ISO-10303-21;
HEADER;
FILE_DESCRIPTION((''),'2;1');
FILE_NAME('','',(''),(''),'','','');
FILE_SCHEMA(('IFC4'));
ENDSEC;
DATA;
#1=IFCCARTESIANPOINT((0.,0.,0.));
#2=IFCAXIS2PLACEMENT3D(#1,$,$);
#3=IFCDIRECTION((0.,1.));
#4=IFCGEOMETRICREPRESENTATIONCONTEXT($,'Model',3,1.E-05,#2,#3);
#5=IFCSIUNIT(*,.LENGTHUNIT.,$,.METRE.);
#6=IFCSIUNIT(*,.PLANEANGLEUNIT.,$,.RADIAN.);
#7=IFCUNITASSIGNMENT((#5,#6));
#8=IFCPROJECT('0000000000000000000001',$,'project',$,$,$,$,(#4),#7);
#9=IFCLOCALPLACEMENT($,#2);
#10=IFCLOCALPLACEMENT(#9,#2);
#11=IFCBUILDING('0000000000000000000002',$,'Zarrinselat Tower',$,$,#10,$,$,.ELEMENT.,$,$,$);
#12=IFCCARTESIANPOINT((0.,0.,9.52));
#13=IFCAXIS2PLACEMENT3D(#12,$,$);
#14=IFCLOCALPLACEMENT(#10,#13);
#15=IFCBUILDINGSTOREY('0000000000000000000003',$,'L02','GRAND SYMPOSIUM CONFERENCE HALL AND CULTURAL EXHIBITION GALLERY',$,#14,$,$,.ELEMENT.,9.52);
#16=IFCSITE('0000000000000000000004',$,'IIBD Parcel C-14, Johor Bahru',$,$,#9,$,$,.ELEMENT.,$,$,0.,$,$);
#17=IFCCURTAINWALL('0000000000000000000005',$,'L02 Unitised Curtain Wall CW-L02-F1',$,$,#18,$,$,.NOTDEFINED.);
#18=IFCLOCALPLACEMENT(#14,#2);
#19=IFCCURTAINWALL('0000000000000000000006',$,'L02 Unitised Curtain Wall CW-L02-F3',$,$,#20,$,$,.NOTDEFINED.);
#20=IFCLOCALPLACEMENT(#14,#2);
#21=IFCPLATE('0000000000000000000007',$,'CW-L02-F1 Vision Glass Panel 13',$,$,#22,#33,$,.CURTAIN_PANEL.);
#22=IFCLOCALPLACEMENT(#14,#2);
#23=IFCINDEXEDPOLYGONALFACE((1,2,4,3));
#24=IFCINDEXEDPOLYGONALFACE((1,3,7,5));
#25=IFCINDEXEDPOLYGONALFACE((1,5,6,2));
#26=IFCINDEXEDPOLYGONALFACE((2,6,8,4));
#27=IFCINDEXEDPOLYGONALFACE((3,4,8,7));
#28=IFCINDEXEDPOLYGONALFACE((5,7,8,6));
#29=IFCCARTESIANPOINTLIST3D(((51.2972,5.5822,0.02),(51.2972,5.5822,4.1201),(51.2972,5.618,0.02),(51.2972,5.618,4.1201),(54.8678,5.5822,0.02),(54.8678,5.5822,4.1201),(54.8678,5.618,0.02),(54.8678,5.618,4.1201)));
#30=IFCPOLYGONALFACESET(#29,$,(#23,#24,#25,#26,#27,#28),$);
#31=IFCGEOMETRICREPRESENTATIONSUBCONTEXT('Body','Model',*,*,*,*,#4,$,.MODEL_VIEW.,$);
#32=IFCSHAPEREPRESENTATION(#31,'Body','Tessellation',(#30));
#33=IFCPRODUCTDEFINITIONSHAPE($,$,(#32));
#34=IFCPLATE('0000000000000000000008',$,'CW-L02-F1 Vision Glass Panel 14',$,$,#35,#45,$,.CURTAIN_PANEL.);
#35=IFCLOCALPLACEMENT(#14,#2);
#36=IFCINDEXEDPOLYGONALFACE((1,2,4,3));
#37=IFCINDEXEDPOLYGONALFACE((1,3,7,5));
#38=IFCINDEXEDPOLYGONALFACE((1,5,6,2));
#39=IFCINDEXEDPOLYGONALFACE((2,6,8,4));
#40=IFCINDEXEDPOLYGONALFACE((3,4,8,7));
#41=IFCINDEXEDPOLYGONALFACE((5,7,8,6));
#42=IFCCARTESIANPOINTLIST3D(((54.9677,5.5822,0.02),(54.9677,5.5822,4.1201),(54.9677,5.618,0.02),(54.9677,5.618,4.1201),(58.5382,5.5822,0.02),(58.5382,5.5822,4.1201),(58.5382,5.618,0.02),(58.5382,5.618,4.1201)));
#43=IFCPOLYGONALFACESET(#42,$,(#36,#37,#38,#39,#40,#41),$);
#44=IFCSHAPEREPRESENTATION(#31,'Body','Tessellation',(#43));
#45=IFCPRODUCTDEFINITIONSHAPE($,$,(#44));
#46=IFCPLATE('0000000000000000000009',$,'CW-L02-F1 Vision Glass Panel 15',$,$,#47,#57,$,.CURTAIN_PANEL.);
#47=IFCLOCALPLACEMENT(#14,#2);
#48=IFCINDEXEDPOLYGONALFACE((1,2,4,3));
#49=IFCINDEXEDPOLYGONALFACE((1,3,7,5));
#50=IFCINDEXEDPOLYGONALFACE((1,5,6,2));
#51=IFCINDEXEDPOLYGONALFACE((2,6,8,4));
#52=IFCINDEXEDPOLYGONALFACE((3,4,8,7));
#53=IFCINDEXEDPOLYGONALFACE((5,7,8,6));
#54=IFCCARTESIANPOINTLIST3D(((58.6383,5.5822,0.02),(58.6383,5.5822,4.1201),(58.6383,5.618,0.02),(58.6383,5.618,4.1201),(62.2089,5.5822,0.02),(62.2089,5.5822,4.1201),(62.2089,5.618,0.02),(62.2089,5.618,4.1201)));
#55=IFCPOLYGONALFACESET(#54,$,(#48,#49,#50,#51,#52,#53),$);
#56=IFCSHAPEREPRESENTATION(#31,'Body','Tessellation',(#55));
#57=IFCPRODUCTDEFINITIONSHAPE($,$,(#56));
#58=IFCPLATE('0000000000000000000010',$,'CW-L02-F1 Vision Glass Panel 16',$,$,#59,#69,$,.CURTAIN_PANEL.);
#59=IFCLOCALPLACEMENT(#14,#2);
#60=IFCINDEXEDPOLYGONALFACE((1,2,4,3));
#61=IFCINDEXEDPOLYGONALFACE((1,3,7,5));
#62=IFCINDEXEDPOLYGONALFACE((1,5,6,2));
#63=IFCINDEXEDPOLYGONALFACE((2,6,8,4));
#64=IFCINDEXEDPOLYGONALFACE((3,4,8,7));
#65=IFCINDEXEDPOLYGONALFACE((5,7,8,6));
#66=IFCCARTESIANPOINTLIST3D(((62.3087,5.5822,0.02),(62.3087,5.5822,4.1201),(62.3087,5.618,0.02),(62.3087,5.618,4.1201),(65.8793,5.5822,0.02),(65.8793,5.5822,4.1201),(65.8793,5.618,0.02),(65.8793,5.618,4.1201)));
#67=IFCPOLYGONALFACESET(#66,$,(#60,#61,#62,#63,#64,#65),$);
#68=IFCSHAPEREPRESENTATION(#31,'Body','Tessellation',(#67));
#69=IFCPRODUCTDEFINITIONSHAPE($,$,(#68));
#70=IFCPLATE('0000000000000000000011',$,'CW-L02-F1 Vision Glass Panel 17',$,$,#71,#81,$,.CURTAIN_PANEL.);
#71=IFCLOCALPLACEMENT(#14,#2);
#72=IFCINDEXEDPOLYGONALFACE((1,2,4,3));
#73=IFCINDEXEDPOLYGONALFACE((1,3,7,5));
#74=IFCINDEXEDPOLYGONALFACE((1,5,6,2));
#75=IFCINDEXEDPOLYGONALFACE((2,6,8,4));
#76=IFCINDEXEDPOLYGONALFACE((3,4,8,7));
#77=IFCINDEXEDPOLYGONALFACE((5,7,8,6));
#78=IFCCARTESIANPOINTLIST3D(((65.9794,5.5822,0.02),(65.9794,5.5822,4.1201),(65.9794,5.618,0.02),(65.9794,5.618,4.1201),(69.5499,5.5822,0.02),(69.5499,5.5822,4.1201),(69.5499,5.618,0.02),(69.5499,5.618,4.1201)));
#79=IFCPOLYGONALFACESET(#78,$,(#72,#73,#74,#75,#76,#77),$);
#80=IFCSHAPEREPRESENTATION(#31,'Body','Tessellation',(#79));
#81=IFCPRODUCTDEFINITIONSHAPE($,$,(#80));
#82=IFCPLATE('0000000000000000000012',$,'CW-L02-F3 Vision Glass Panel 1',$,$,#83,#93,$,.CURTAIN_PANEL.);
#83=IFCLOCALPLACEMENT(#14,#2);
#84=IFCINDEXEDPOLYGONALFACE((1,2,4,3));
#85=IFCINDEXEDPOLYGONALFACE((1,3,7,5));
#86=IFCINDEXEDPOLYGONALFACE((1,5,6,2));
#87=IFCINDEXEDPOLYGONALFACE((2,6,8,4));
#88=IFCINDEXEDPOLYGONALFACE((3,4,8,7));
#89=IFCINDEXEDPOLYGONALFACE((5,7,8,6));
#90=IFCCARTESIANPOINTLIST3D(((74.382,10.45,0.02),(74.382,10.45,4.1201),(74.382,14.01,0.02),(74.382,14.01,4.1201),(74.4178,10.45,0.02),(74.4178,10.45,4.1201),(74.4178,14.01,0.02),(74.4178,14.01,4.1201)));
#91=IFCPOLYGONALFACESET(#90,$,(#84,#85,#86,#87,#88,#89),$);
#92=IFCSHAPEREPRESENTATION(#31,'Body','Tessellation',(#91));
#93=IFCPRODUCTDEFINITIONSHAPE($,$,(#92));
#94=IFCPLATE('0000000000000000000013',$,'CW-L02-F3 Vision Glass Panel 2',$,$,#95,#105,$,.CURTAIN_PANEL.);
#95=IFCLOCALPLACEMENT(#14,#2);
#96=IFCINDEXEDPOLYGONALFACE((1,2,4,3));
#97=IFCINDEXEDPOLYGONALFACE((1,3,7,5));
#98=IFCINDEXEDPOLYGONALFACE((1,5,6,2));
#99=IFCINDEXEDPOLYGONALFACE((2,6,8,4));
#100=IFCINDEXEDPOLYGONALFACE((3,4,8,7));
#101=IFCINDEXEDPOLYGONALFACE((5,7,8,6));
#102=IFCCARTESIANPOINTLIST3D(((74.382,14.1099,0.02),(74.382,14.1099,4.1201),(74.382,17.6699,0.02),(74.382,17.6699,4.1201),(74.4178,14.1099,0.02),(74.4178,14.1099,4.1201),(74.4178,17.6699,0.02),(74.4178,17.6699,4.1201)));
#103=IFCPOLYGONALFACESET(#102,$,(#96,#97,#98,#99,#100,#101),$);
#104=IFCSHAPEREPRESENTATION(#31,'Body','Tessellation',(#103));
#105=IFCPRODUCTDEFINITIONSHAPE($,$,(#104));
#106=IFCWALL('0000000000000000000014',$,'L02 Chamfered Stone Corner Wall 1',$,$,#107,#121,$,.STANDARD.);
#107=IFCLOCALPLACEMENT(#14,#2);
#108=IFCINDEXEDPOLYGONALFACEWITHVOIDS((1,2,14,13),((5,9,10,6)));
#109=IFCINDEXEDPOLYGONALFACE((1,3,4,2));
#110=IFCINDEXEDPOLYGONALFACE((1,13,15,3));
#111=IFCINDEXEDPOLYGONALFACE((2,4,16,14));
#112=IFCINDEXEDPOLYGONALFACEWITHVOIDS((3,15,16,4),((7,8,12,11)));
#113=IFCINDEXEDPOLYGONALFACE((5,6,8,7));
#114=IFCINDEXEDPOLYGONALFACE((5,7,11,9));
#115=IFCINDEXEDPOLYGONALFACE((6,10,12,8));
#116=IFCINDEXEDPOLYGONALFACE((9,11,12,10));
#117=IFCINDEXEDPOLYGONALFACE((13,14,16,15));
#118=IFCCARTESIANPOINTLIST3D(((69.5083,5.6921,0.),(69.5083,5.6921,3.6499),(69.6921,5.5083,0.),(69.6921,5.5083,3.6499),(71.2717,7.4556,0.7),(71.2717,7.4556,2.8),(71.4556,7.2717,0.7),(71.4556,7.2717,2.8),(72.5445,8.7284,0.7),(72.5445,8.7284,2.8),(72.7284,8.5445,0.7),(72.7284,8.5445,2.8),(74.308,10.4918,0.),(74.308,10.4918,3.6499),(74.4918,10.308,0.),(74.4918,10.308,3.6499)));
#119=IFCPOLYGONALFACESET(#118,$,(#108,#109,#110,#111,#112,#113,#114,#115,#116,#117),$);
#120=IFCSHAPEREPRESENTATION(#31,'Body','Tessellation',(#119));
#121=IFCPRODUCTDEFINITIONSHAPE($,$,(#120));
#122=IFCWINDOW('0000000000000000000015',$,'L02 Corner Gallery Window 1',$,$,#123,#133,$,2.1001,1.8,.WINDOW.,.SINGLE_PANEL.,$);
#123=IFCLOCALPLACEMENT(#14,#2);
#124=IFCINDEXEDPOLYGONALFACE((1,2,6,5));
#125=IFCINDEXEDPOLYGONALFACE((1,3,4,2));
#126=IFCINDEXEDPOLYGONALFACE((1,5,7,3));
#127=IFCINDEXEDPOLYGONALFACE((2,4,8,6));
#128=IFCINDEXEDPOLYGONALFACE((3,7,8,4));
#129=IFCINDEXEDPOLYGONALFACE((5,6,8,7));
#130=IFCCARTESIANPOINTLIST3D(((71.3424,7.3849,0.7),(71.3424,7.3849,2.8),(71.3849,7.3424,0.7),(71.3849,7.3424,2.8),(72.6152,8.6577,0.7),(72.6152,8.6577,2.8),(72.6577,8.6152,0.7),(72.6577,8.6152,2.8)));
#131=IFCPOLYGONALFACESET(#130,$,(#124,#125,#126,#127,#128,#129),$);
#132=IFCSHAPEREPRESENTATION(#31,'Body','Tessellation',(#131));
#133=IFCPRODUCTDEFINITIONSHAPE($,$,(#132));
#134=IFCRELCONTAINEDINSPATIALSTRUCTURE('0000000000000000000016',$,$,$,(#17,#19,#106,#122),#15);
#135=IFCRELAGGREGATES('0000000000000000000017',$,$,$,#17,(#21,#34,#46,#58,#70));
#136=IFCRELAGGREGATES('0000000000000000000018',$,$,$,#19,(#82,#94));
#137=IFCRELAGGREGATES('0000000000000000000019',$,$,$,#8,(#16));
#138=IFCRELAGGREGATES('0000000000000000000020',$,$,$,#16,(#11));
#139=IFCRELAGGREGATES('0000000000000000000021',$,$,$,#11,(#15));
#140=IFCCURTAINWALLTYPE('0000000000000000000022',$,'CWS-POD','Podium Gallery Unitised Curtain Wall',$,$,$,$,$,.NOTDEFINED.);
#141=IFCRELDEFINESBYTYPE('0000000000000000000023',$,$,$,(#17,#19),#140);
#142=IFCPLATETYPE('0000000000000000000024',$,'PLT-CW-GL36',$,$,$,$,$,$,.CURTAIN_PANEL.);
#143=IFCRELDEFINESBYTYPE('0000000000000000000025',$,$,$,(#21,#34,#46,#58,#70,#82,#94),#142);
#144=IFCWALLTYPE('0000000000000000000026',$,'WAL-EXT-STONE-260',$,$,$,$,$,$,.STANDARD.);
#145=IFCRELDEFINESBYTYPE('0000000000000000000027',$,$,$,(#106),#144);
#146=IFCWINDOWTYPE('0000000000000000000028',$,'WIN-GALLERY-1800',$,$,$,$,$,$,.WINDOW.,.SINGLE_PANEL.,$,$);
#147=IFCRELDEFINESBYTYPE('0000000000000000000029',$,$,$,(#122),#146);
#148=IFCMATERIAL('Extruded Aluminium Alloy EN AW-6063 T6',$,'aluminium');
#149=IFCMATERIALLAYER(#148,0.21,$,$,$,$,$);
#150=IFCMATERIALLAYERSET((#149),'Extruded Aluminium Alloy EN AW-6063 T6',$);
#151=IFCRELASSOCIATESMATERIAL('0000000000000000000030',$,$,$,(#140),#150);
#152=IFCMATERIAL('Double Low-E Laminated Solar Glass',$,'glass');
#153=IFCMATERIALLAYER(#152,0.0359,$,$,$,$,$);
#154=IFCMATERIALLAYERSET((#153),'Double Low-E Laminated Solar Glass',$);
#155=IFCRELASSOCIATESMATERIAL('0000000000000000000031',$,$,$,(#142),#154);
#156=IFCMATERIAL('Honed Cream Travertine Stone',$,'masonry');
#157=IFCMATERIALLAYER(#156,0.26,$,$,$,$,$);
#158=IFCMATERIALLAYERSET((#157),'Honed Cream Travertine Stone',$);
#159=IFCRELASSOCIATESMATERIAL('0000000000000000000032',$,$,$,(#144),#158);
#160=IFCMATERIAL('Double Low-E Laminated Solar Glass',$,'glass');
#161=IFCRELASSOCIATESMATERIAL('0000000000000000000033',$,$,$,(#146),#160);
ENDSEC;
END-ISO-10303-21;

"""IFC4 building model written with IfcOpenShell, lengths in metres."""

from ifc_helpers import new_model, si_unit, direction, frame, frame_2d, origin, origin_2d, place, context, subcontext, project, spatial, rectangle, extrude, material, layer, layer_set, type_object, element, fill, aggregate, save


model = new_model("IFC4")

# Units and contexts
model_context = context("Model", 3, precision=1e-05, world=origin(), true_north=direction((0.0, 1.0)))
body_context = subcontext(model_context, "Body", "Model", "MODEL_VIEW")
ifc_project = project(units=[si_unit("LENGTHUNIT", "METRE"), si_unit("PLANEANGLEUNIT", "RADIAN")], contexts=[model_context])

# Site, building, storey
site_placement = place(None, origin())
site = spatial("IfcSite", under=ifc_project, at=site_placement, Name="IIBD Parcel C-14, Johor Bahru", CompositionType="ELEMENT", RefElevation=0.0)
building_placement = place(site_placement, origin())
building = spatial("IfcBuilding", under=site, at=building_placement, Name="Zarrinselat Tower", CompositionType="ELEMENT")
storey_placement = place(building_placement, frame((0.0, 0.0, 9.52)))
storey = spatial("IfcBuildingStorey", under=building, at=storey_placement, Name="L02", Description="GRAND SYMPOSIUM CONFERENCE HALL AND CULTURAL EXHIBITION GALLERY", CompositionType="ELEMENT", Elevation=9.52)

# Curtain walls
ifc_material_1 = material(Name="Extruded Aluminium Alloy EN AW-6063 T6", Category="aluminium")
ifc_layer_1 = layer(ifc_material_1, 0.21)
ifc_layer_set_1 = layer_set([ifc_layer_1], Name="Extruded Aluminium Alloy EN AW-6063 T6")
curtain_wall_type = type_object("IfcCurtainWallType", Name="CWS-POD", Description="Podium Gallery Unitised Curtain Wall", PredefinedType="NOTDEFINED", material=ifc_layer_set_1)
curtain_wall_1_placement = place(storey_placement, origin())
curtain_wall_1 = element("IfcCurtainWall", 1, at=curtain_wall_1_placement, inside=storey, type_object=curtain_wall_type, Name="L02 Unitised Curtain Wall CW-L02-F1", PredefinedType="NOTDEFINED")
curtain_wall_2_placement = place(storey_placement, origin())
curtain_wall_2 = element("IfcCurtainWall", 2, at=curtain_wall_2_placement, inside=storey, type_object=curtain_wall_type, Name="L02 Unitised Curtain Wall CW-L02-F3", PredefinedType="NOTDEFINED")

# Plates
ifc_material_2 = material(Name="Double Low-E Laminated Solar Glass", Category="glass")
ifc_layer_2 = layer(ifc_material_2, 0.0359)
ifc_layer_set_2 = layer_set([ifc_layer_2], Name="Double Low-E Laminated Solar Glass")
plate_type = type_object("IfcPlateType", Name="PLT-CW-GL36", PredefinedType="CURTAIN_PANEL", material=ifc_layer_set_2)
plate_1_placement = place(storey_placement, frame((53.0825, 5.6001, 0.02), z_axis=(0.0, 0.0, 1.0), x_axis=(1.0, 0.0, 0.0)))
plate_1 = element("IfcPlate", 3, at=plate_1_placement, type_object=plate_type, Name="CW-L02-F1 Vision Glass Panel 13", PredefinedType="CURTAIN_PANEL", context=body_context, shape_type="SweptSolid", body=[
    extrude(rectangle(XDim=3.5706, YDim=0.0359, at=origin_2d()), origin(), (0.0, 0.0, 1.0), 4.1001),
])
plate_2_placement = place(storey_placement, frame((56.7529, 5.6001, 0.02), z_axis=(0.0, 0.0, 1.0), x_axis=(1.0, 0.0, 0.0)))
plate_2 = element("IfcPlate", 4, at=plate_2_placement, type_object=plate_type, Name="CW-L02-F1 Vision Glass Panel 14", PredefinedType="CURTAIN_PANEL", context=body_context, shape_type="SweptSolid", body=[
    extrude(rectangle(XDim=3.5706, YDim=0.0359, at=origin_2d()), origin(), (0.0, 0.0, 1.0), 4.1001),
])
plate_3_placement = place(storey_placement, frame((60.4236, 5.6001, 0.02), z_axis=(0.0, 0.0, 1.0), x_axis=(1.0, 0.0, 0.0)))
plate_3 = element("IfcPlate", 5, at=plate_3_placement, type_object=plate_type, Name="CW-L02-F1 Vision Glass Panel 15", PredefinedType="CURTAIN_PANEL", context=body_context, shape_type="SweptSolid", body=[
    extrude(rectangle(XDim=3.5706, YDim=0.0359, at=origin_2d()), origin(), (0.0, 0.0, 1.0), 4.1001),
])
plate_4_placement = place(storey_placement, frame((64.094, 5.6001, 0.02), z_axis=(0.0, 0.0, 1.0), x_axis=(1.0, 0.0, 0.0)))
plate_4 = element("IfcPlate", 6, at=plate_4_placement, type_object=plate_type, Name="CW-L02-F1 Vision Glass Panel 16", PredefinedType="CURTAIN_PANEL", context=body_context, shape_type="SweptSolid", body=[
    extrude(rectangle(XDim=3.5706, YDim=0.0359, at=origin_2d()), origin(), (0.0, 0.0, 1.0), 4.1001),
])
plate_5_placement = place(storey_placement, frame((67.7646, 5.6001, 0.02), z_axis=(0.0, 0.0, 1.0), x_axis=(1.0, 0.0, 0.0)))
plate_5 = element("IfcPlate", 7, at=plate_5_placement, type_object=plate_type, Name="CW-L02-F1 Vision Glass Panel 17", PredefinedType="CURTAIN_PANEL", context=body_context, shape_type="SweptSolid", body=[
    extrude(rectangle(XDim=3.5706, YDim=0.0359, at=origin_2d()), origin(), (0.0, 0.0, 1.0), 4.1001),
])
aggregate(curtain_wall_1, [plate_1, plate_2, plate_3, plate_4, plate_5])
plate_6_placement = place(storey_placement, frame((74.3999, 12.23, 0.02), z_axis=(0.0, 0.0, 1.0), x_axis=(0.0, 1.0, 0.0)))
plate_6 = element("IfcPlate", 8, at=plate_6_placement, type_object=plate_type, Name="CW-L02-F3 Vision Glass Panel 1", PredefinedType="CURTAIN_PANEL", context=body_context, shape_type="SweptSolid", body=[
    extrude(rectangle(XDim=3.5601, YDim=0.0359, at=origin_2d()), origin(), (0.0, 0.0, 1.0), 4.1001),
])
plate_7_placement = place(storey_placement, frame((74.3999, 15.8899, 0.02), z_axis=(0.0, 0.0, 1.0), x_axis=(0.0, 1.0, 0.0)))
plate_7 = element("IfcPlate", 9, at=plate_7_placement, type_object=plate_type, Name="CW-L02-F3 Vision Glass Panel 2", PredefinedType="CURTAIN_PANEL", context=body_context, shape_type="SweptSolid", body=[
    extrude(rectangle(XDim=3.5601, YDim=0.0359, at=origin_2d()), origin(), (0.0, 0.0, 1.0), 4.1001),
])
aggregate(curtain_wall_2, [plate_6, plate_7])

# Wall, opening, window
ifc_material_3 = material(Name="Honed Cream Travertine Stone", Category="masonry")
ifc_layer_3 = layer(ifc_material_3, 0.26)
ifc_layer_set_3 = layer_set([ifc_layer_3], Name="Honed Cream Travertine Stone")
wall_type = type_object("IfcWallType", Name="WAL-EXT-STONE-260", PredefinedType="STANDARD", material=ifc_layer_set_3)
wall_placement = place(storey_placement, frame((69.6001, 5.6001, 0.0), z_axis=(0.0, 0.0, 1.0), x_axis=(0.707107, 0.707107, 0.0)))
wall = element("IfcWall", 10, at=wall_placement, inside=storey, type_object=wall_type, Name="L02 Chamfered Stone Corner Wall 1", PredefinedType="STANDARD", context=body_context, shape_type="SweptSolid", body=[
    extrude(rectangle(XDim=6.7878, YDim=0.26, at=frame_2d((3.394, 0.0))), origin(), (0.0, 0.0, 1.0), 3.6499),
])
opening_placement = place(wall_placement, frame((2.4941, 0.0, 0.7)))
opening = element("IfcOpeningElement", 11, at=opening_placement, cuts=wall, PredefinedType="OPENING", context=body_context, shape_type="SweptSolid", body=[
    extrude(rectangle(XDim=1.8, YDim=2.1001, at=frame_2d((0.8999, 1.05))), frame((0.0, 0.1399, 0.0), z_axis=(0.0, -1.0, 0.0), x_axis=(1.0, 0.0, 0.0)), (0.0, 0.0, 1.0), 0.28),
])
ifc_material_4 = material(Name="Double Low-E Laminated Solar Glass", Category="glass")
window_type = type_object("IfcWindowType", Name="WIN-GALLERY-1800", PartitioningType="SINGLE_PANEL", PredefinedType="WINDOW", material=ifc_material_4)
window_placement = place(opening_placement, origin())
window = element("IfcWindow", 12, at=window_placement, inside=storey, type_object=window_type, Name="L02 Corner Gallery Window 1", OverallHeight=2.1001, OverallWidth=1.8, PartitioningType="SINGLE_PANEL", PredefinedType="WINDOW", context=body_context, shape_type="SweptSolid", body=[
    extrude(rectangle(XDim=1.8, YDim=2.1001, at=frame_2d((0.8999, 1.05))), frame((0.0, 0.03, 0.0), z_axis=(0.0, -1.0, 0.0), x_axis=(1.0, 0.0, 0.0)), (0.0, 0.0, 1.0), 0.0601),
])
fill(opening, window)

save(model, "model.ifc")
